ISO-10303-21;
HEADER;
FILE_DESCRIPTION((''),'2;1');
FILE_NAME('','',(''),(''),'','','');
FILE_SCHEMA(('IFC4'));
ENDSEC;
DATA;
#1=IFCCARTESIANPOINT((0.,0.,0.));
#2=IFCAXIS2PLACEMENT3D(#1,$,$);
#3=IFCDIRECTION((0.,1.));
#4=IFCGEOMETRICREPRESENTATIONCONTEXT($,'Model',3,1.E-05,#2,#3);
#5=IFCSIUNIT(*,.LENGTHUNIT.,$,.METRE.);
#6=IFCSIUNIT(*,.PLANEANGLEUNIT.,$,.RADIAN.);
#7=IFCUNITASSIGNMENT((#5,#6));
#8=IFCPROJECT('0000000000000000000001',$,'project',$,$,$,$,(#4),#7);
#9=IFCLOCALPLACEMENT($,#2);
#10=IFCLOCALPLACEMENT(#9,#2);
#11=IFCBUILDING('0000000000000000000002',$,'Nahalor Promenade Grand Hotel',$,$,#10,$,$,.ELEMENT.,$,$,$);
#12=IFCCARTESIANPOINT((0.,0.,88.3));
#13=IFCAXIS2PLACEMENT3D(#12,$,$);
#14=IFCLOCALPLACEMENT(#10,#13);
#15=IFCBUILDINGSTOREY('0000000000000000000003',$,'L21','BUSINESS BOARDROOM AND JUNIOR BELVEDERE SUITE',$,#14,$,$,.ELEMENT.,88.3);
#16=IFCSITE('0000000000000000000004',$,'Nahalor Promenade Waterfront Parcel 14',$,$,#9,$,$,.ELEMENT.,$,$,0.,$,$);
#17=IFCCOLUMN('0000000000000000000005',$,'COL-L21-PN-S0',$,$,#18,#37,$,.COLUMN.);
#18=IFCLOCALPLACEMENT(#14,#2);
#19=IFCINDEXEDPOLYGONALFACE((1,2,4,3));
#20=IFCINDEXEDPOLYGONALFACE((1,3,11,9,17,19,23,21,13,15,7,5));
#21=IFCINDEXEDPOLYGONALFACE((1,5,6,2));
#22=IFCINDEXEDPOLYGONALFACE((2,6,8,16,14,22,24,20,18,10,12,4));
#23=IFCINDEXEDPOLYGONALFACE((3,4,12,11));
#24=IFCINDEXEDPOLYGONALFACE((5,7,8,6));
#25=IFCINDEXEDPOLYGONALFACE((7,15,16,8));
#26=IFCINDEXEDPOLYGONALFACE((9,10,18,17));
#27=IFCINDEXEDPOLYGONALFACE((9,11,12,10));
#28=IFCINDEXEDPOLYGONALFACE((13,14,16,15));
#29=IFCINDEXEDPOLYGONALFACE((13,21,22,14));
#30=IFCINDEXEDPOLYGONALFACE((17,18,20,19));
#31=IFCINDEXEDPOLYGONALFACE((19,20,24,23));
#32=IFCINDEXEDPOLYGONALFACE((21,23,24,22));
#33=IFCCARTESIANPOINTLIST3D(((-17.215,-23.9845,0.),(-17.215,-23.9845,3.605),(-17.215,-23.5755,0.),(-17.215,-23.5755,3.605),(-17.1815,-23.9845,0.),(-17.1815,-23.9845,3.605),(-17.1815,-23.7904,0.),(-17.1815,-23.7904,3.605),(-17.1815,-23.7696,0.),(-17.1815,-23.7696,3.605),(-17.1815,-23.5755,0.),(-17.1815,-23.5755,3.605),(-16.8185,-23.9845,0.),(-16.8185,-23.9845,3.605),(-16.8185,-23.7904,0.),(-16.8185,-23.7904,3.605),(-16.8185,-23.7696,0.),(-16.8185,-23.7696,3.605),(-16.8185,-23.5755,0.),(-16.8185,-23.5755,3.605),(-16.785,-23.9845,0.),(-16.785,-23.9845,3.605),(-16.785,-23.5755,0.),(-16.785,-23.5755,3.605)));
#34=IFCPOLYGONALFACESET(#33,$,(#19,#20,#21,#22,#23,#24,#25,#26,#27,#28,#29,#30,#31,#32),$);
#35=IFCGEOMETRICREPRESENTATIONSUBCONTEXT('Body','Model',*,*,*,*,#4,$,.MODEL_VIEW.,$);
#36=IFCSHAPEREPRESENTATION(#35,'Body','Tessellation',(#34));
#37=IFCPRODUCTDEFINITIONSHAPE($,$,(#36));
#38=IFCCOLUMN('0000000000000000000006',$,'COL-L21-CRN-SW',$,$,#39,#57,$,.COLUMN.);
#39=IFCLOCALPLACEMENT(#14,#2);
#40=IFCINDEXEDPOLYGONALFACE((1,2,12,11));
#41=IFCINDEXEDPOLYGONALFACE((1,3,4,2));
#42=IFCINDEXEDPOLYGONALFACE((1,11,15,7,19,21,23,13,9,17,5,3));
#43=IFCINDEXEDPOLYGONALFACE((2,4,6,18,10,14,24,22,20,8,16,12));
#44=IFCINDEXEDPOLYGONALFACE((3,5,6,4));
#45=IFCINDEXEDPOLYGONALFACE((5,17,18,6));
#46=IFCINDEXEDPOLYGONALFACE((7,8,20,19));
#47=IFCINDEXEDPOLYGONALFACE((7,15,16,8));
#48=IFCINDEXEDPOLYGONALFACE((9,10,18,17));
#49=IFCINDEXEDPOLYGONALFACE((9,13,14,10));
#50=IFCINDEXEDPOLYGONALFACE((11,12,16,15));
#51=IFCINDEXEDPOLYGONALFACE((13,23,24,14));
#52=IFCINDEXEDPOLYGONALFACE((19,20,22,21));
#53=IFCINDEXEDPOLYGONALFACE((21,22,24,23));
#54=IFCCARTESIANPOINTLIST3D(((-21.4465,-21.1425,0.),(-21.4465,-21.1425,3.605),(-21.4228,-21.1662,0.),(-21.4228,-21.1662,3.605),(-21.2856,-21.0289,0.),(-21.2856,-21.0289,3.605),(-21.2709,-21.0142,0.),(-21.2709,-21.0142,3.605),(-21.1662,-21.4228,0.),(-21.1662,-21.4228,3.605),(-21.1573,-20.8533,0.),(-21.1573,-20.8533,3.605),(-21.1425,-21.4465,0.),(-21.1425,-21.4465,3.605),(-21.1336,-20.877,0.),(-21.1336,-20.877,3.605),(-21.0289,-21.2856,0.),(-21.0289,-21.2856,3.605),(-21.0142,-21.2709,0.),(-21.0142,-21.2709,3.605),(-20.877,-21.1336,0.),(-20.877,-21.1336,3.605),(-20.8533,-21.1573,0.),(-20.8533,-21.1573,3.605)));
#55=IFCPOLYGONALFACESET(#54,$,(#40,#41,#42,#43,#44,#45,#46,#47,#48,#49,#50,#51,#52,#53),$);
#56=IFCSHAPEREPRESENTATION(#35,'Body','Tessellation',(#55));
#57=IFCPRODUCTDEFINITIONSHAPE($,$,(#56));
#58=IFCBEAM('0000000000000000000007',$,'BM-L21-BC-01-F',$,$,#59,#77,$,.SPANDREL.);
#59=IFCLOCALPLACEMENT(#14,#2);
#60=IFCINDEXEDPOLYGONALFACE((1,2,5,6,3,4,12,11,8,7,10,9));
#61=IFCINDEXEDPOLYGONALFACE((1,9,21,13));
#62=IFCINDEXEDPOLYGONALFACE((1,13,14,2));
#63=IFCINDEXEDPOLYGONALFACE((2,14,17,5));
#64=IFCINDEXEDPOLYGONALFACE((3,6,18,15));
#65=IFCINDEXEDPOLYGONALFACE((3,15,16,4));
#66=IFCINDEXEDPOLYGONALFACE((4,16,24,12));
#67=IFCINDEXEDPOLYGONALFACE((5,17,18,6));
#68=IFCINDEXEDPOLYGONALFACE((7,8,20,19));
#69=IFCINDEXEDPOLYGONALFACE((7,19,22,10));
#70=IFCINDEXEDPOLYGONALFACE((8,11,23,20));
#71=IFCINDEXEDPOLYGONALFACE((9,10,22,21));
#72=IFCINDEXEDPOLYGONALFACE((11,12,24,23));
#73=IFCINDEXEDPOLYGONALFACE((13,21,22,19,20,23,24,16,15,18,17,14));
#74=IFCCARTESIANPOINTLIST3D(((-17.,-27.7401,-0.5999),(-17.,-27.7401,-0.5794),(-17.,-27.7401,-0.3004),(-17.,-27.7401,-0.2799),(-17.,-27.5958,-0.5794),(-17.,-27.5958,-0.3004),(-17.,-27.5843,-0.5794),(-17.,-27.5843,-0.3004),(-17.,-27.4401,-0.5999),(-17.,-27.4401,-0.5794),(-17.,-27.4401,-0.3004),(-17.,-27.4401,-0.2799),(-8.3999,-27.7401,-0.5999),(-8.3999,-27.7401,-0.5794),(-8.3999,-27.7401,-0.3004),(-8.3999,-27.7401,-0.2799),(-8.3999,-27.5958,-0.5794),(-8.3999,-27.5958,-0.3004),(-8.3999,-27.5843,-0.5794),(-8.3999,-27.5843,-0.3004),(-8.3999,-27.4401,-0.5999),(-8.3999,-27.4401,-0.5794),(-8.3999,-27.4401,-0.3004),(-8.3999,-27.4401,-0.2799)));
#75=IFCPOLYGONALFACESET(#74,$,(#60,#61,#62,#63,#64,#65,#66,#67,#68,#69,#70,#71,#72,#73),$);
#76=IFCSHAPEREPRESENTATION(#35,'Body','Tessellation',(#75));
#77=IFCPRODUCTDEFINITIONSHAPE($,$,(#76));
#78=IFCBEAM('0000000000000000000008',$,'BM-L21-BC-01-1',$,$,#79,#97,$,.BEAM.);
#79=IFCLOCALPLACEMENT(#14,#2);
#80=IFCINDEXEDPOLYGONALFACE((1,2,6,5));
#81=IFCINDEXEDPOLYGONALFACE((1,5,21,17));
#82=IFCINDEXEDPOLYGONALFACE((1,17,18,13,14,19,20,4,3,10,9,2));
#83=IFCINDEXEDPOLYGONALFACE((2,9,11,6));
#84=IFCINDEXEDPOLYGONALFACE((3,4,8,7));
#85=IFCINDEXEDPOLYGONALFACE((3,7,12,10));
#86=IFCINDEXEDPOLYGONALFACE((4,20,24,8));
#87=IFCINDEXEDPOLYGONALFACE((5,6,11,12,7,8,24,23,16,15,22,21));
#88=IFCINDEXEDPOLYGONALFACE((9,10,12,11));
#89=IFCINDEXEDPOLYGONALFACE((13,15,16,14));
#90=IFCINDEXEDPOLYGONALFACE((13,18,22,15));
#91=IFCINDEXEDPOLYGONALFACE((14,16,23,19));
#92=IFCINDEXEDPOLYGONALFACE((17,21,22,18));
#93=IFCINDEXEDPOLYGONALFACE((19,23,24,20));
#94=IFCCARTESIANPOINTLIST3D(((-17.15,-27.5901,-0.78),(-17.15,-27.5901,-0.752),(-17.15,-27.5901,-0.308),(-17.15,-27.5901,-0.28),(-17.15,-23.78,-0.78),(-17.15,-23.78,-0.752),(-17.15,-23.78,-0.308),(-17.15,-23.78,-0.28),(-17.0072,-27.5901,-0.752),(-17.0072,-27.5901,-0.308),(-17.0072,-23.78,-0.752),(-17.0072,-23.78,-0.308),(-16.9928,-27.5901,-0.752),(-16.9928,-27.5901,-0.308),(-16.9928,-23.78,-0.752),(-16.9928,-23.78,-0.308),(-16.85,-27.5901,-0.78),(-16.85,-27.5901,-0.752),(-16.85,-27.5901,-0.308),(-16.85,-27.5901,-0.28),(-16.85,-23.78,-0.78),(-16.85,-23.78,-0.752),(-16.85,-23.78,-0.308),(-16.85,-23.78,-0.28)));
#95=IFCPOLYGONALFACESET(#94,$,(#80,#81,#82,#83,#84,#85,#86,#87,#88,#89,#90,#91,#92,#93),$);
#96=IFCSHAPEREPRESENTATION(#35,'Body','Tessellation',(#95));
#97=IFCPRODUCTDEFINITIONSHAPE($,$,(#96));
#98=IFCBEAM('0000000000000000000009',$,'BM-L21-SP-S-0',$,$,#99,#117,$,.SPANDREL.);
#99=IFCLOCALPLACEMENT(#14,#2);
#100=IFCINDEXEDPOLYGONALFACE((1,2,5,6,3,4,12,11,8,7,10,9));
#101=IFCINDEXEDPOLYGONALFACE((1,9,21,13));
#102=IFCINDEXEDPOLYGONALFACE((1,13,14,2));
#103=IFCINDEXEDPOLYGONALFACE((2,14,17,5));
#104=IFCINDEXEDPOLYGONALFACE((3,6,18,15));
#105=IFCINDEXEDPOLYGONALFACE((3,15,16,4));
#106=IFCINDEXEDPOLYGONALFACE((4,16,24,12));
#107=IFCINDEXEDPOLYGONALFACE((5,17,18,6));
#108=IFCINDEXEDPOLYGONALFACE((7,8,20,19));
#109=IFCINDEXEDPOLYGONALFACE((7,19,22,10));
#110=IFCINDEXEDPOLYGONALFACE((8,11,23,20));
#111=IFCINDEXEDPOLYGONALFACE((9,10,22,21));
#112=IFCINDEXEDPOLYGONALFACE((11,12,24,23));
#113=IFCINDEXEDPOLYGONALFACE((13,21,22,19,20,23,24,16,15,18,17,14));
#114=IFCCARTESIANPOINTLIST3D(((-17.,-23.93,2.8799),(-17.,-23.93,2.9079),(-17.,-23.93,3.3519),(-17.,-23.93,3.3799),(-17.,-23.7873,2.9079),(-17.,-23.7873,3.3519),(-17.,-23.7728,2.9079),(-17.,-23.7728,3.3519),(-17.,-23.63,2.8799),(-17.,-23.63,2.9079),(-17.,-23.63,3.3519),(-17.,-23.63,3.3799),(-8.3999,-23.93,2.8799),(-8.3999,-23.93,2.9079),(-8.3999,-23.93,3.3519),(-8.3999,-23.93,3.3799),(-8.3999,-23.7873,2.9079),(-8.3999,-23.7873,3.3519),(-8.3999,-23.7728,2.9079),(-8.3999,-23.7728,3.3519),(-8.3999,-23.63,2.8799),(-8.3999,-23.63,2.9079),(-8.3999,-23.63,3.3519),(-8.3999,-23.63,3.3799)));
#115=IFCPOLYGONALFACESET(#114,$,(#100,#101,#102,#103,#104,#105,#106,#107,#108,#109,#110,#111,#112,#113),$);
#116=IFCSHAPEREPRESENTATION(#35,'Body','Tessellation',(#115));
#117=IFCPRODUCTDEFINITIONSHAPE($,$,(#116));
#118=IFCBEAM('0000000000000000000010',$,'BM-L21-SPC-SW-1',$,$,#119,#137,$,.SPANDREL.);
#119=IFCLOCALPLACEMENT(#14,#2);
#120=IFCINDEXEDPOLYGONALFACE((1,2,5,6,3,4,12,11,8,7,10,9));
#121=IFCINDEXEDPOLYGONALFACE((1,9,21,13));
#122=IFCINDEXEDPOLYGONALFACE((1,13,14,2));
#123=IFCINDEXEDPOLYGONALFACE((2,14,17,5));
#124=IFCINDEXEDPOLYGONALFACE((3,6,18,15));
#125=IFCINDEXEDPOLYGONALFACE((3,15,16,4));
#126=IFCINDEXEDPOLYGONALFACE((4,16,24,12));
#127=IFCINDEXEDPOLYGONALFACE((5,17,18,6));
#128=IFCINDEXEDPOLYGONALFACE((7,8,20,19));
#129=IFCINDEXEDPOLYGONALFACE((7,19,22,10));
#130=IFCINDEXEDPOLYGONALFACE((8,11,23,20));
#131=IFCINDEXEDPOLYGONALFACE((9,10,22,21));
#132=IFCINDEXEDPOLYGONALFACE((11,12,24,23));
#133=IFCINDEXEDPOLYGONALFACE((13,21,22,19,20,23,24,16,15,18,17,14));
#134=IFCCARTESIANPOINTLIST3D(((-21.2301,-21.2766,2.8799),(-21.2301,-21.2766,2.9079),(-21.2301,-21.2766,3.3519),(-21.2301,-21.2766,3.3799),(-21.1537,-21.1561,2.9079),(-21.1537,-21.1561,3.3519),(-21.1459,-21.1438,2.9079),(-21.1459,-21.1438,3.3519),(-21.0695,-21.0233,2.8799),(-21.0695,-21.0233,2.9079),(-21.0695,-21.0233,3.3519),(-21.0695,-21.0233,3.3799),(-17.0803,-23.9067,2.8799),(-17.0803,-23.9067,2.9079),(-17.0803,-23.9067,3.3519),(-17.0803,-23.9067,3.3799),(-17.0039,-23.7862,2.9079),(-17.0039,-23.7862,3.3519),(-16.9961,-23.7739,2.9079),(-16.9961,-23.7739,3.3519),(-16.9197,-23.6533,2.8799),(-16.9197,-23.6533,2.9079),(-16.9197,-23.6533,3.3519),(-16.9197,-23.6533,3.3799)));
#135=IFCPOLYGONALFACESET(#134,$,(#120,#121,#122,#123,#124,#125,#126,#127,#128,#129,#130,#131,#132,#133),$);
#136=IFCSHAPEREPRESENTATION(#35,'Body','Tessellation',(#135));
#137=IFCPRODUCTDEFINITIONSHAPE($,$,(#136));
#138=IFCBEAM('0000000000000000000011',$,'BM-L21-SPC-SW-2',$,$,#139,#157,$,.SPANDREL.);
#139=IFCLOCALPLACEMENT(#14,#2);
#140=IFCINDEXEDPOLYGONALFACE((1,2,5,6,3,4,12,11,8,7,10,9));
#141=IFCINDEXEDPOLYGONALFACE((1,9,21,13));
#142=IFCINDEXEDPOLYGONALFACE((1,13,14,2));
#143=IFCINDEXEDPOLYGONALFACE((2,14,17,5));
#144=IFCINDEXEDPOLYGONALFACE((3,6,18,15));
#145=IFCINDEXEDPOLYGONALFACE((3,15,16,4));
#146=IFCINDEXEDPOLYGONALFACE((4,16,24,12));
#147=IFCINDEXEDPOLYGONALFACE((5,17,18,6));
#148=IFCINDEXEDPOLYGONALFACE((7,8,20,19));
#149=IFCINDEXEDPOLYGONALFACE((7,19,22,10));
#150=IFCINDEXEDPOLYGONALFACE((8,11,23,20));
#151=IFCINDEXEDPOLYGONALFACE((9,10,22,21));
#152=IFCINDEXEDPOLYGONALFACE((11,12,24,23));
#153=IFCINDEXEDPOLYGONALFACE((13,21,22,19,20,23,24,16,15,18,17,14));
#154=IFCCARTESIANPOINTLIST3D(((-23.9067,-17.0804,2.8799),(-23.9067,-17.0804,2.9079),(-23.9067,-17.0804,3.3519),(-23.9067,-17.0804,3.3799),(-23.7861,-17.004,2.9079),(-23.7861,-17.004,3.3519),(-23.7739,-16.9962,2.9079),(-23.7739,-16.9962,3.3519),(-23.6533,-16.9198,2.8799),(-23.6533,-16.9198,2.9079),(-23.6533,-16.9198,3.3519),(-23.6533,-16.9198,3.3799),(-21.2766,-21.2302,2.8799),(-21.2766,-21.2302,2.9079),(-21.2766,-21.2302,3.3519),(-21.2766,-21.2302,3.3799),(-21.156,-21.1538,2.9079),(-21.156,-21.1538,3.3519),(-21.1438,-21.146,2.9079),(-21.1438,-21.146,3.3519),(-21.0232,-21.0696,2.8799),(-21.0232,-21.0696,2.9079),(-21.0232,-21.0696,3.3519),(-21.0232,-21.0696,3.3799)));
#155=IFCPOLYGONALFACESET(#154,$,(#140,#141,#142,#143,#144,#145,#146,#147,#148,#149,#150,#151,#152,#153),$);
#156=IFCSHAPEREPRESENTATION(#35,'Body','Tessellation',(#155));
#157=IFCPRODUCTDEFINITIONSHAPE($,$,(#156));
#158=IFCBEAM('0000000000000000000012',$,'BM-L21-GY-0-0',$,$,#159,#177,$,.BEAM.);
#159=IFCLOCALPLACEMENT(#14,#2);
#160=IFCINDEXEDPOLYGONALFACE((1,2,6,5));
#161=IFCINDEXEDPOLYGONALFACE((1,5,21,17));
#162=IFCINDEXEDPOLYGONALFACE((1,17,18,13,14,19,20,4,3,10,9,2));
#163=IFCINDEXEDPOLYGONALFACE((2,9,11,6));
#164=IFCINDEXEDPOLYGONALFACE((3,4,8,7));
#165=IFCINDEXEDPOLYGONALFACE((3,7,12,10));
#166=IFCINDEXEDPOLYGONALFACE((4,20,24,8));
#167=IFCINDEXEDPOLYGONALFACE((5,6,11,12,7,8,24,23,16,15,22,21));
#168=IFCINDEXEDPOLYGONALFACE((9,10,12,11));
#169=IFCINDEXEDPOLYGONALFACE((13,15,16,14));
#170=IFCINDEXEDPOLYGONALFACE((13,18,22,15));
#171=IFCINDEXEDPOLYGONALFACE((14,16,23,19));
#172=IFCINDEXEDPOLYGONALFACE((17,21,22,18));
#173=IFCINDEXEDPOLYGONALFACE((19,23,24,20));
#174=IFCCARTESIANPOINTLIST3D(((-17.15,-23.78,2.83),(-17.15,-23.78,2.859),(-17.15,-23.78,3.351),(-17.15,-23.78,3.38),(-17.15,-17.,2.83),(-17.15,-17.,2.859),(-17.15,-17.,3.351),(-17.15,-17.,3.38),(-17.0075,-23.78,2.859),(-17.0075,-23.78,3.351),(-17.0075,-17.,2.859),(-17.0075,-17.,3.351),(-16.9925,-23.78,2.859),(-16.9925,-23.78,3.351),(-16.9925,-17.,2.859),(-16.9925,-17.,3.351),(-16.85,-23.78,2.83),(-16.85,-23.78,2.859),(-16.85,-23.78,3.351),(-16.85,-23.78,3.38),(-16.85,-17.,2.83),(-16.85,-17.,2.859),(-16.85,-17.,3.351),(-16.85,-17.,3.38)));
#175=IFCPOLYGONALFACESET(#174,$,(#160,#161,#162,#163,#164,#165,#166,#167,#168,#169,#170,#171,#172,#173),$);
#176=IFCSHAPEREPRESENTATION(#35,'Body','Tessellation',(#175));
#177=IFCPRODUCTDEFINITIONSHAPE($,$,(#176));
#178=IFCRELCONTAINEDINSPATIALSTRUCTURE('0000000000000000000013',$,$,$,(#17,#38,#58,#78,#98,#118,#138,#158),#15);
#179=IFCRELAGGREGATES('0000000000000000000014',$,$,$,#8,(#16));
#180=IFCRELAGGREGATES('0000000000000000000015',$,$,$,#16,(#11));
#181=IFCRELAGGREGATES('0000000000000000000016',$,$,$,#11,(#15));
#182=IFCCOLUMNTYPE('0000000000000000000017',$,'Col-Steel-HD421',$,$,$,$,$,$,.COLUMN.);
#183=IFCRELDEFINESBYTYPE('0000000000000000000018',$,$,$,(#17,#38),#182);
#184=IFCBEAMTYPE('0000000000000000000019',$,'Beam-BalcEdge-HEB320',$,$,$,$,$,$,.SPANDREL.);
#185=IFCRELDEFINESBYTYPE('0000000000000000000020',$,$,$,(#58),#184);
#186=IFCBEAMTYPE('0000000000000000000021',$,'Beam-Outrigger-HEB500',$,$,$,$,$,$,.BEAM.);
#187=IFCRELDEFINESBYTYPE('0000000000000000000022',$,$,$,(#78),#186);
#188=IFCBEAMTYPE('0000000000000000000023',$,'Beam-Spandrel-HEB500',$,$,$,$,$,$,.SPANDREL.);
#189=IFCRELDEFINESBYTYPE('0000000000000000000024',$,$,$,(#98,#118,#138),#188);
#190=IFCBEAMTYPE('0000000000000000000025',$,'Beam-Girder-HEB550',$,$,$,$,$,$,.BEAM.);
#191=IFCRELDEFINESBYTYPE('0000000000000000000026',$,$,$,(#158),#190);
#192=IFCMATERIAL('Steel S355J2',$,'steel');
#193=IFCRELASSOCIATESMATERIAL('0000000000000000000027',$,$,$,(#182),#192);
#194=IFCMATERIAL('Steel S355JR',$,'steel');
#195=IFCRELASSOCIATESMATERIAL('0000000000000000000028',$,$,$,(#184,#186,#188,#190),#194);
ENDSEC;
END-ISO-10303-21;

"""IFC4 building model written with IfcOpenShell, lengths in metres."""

from ifc_helpers import new_model, si_unit, direction, frame, origin, origin_2d, place, context, subcontext, project, spatial, i_section, extrude, source, transform, mapped, material, material_profile, profile_set, type_object, element, save


model = new_model("IFC4")

# Units and contexts
model_context = context("Model", 3, precision=1e-05, world=origin(), true_north=direction((0.0, 1.0)))
body_context = subcontext(model_context, "Body", "Model", "MODEL_VIEW")
ifc_project = project(units=[si_unit("LENGTHUNIT", "METRE"), si_unit("PLANEANGLEUNIT", "RADIAN")], contexts=[model_context])

# Site, building, storey
site_placement = place(None, origin())
site = spatial("IfcSite", under=ifc_project, at=site_placement, Name="Nahalor Promenade Waterfront Parcel 14", CompositionType="ELEMENT", RefElevation=0.0)
building_placement = place(site_placement, origin())
building = spatial("IfcBuilding", under=site, at=building_placement, Name="Nahalor Promenade Grand Hotel", CompositionType="ELEMENT")
storey_placement = place(building_placement, frame((0.0, 0.0, 88.3)))
storey = spatial("IfcBuildingStorey", under=building, at=storey_placement, Name="L21", Description="BUSINESS BOARDROOM AND JUNIOR BELVEDERE SUITE", CompositionType="ELEMENT", Elevation=88.3)

# Columns
ifc_material_1 = material(Name="Steel S355J2", Category="steel")
ifc_material_profile_1 = material_profile(ifc_material_1, i_section(OverallWidth=0.409, OverallDepth=0.43, WebThickness=0.0208, FlangeThickness=0.0335, at=origin_2d()), Name="HD 400x421")
ifc_profile_set_1 = profile_set([ifc_material_profile_1], Name="Steel S355J2")
column_type = type_object("IfcColumnType", Name="Col-Steel-HD421", PredefinedType="COLUMN", material=ifc_profile_set_1)
shared_shape_1 = source(origin(), body_context, "Body", "SweptSolid", [
    extrude(i_section(OverallWidth=0.409, OverallDepth=0.43, WebThickness=0.0208, FlangeThickness=0.0335, at=origin_2d()), origin(), (0.0, 0.0, 1.0), 3.605),
])
for number, where, z_axis, x_axis, name in (
    (1, (-17.0, -23.78, 0.0), (0.0, 0.0, 1.0), (0.0, 1.0, 0.0), "COL-L21-PN-S0"),
    (2, (-21.1499, -21.1499, 0.0), (0.0, 0.0, 1.0), (0.707107, 0.707107, 0.0), "COL-L21-CRN-SW"),
):
    element("IfcColumn", number, at=place(storey_placement, frame(where, z_axis=z_axis, x_axis=x_axis)), inside=storey, type_object=column_type, Name=name, PredefinedType="COLUMN", context=body_context, shape_type="MappedRepresentation", body=[
        mapped(shared_shape_1, transform((0.0, 0.0, 0.0), scale=1.0)),
    ])

# Beams
ifc_material_2 = material(Name="Steel S355JR", Category="steel")
ifc_material_profile_2 = material_profile(ifc_material_2, i_section(OverallWidth=0.3, OverallDepth=0.32, WebThickness=0.0115, FlangeThickness=0.0205, at=origin_2d()), Name="HEB 320")
ifc_profile_set_2 = profile_set([ifc_material_profile_2], Name="Steel S355JR")
beam_type_1 = type_object("IfcBeamType", Name="Beam-BalcEdge-HEB320", PredefinedType="SPANDREL", material=ifc_profile_set_2)
shared_shape_2 = source(origin(), body_context, "Body", "SweptSolid", [
    extrude(i_section(OverallWidth=0.3, OverallDepth=0.32, WebThickness=0.0115, FlangeThickness=0.0205, at=origin_2d()), origin(), (0.0, 0.0, 1.0), 8.6001),
])
beam_1_placement = place(storey_placement, frame((-17.0, -27.5901, -0.4399), z_axis=(1.0, 0.0, 0.0), x_axis=(0.0, 1.0, 0.0)))
element("IfcBeam", 3, at=beam_1_placement, inside=storey, type_object=beam_type_1, Name="BM-L21-BC-01-F", PredefinedType="SPANDREL", context=body_context, shape_type="MappedRepresentation", body=[
    mapped(shared_shape_2, transform((0.0, 0.0, 0.0), scale=1.0)),
])
ifc_material_profile_3 = material_profile(ifc_material_2, i_section(OverallWidth=0.3, OverallDepth=0.5, WebThickness=0.0145, FlangeThickness=0.028, at=origin_2d()), Name="HEB 500")
ifc_profile_set_3 = profile_set([ifc_material_profile_3], Name="Steel S355JR")
beam_type_2 = type_object("IfcBeamType", Name="Beam-Outrigger-HEB500", PredefinedType="BEAM", material=ifc_profile_set_3)
shared_shape_3 = source(origin(), body_context, "Body", "SweptSolid", [
    extrude(i_section(OverallWidth=0.3, OverallDepth=0.5, WebThickness=0.0145, FlangeThickness=0.028, at=origin_2d()), origin(), (0.0, 0.0, 1.0), 3.8101),
])
beam_2_placement = place(storey_placement, frame((-17.0, -27.5901, -0.53), z_axis=(0.0, 1.0, 0.0), x_axis=(-1.0, 0.0, 0.0)))
element("IfcBeam", 4, at=beam_2_placement, inside=storey, type_object=beam_type_2, Name="BM-L21-BC-01-1", PredefinedType="BEAM", context=body_context, shape_type="MappedRepresentation", body=[
    mapped(shared_shape_3, transform((0.0, 0.0, 0.0), scale=1.0)),
])
ifc_material_profile_4 = material_profile(ifc_material_2, i_section(OverallWidth=0.3, OverallDepth=0.5, WebThickness=0.0145, FlangeThickness=0.028, at=origin_2d()), Name="HEB 500")
ifc_profile_set_4 = profile_set([ifc_material_profile_4], Name="Steel S355JR")
beam_type_3 = type_object("IfcBeamType", Name="Beam-Spandrel-HEB500", PredefinedType="SPANDREL", material=ifc_profile_set_4)
shared_shape_4 = source(origin(), body_context, "Body", "SweptSolid", [
    extrude(i_section(OverallWidth=0.3, OverallDepth=0.5, WebThickness=0.0145, FlangeThickness=0.028, at=origin_2d()), origin(), (0.0, 0.0, 1.0), 8.6001),
])
beam_3_placement = place(storey_placement, frame((-17.0, -23.78, 3.1299), z_axis=(1.0, 0.0, 0.0), x_axis=(0.0, 1.0, 0.0)))
element("IfcBeam", 5, at=beam_3_placement, inside=storey, type_object=beam_type_3, Name="BM-L21-SP-S-0", PredefinedType="SPANDREL", context=body_context, shape_type="MappedRepresentation", body=[
    mapped(shared_shape_4, transform((0.0, 0.0, 0.0), scale=1.0)),
])
shared_shape_5 = source(origin(), body_context, "Body", "SweptSolid", [
    extrude(i_section(OverallWidth=0.3, OverallDepth=0.5, WebThickness=0.0145, FlangeThickness=0.028, at=origin_2d()), origin(), (0.0, 0.0, 1.0), 4.9131),
])
for number, where, z_axis, x_axis, name in (
    (6, (-17.0, -23.78, 3.1299), (-0.844648, 0.535322, 0.0), (-0.535322, -0.844648, 0.0), "BM-L21-SPC-SW-1"),
    (7, (-21.1499, -21.1499, 3.1299), (-0.535322, 0.844648, 0.0), (-0.844648, -0.535322, 0.0), "BM-L21-SPC-SW-2"),
):
    element("IfcBeam", number, at=place(storey_placement, frame(where, z_axis=z_axis, x_axis=x_axis)), inside=storey, type_object=beam_type_3, Name=name, PredefinedType="SPANDREL", context=body_context, shape_type="MappedRepresentation", body=[
        mapped(shared_shape_5, transform((0.0, 0.0, 0.0), scale=1.0)),
    ])
ifc_material_profile_5 = material_profile(ifc_material_2, i_section(OverallWidth=0.3, OverallDepth=0.55, WebThickness=0.015, FlangeThickness=0.029, at=origin_2d()), Name="HEB 550")
ifc_profile_set_5 = profile_set([ifc_material_profile_5], Name="Steel S355JR")
beam_type_4 = type_object("IfcBeamType", Name="Beam-Girder-HEB550", PredefinedType="BEAM", material=ifc_profile_set_5)
shared_shape_6 = source(origin(), body_context, "Body", "SweptSolid", [
    extrude(i_section(OverallWidth=0.3, OverallDepth=0.55, WebThickness=0.015, FlangeThickness=0.029, at=origin_2d()), origin(), (0.0, 0.0, 1.0), 6.78),
])
beam_4_placement = place(storey_placement, frame((-17.0, -23.78, 3.105), z_axis=(0.0, 1.0, 0.0), x_axis=(-1.0, 0.0, 0.0)))
element("IfcBeam", 8, at=beam_4_placement, inside=storey, type_object=beam_type_4, Name="BM-L21-GY-0-0", PredefinedType="BEAM", context=body_context, shape_type="MappedRepresentation", body=[
    mapped(shared_shape_6, transform((0.0, 0.0, 0.0), scale=1.0)),
])

save(model, "model.ifc")
